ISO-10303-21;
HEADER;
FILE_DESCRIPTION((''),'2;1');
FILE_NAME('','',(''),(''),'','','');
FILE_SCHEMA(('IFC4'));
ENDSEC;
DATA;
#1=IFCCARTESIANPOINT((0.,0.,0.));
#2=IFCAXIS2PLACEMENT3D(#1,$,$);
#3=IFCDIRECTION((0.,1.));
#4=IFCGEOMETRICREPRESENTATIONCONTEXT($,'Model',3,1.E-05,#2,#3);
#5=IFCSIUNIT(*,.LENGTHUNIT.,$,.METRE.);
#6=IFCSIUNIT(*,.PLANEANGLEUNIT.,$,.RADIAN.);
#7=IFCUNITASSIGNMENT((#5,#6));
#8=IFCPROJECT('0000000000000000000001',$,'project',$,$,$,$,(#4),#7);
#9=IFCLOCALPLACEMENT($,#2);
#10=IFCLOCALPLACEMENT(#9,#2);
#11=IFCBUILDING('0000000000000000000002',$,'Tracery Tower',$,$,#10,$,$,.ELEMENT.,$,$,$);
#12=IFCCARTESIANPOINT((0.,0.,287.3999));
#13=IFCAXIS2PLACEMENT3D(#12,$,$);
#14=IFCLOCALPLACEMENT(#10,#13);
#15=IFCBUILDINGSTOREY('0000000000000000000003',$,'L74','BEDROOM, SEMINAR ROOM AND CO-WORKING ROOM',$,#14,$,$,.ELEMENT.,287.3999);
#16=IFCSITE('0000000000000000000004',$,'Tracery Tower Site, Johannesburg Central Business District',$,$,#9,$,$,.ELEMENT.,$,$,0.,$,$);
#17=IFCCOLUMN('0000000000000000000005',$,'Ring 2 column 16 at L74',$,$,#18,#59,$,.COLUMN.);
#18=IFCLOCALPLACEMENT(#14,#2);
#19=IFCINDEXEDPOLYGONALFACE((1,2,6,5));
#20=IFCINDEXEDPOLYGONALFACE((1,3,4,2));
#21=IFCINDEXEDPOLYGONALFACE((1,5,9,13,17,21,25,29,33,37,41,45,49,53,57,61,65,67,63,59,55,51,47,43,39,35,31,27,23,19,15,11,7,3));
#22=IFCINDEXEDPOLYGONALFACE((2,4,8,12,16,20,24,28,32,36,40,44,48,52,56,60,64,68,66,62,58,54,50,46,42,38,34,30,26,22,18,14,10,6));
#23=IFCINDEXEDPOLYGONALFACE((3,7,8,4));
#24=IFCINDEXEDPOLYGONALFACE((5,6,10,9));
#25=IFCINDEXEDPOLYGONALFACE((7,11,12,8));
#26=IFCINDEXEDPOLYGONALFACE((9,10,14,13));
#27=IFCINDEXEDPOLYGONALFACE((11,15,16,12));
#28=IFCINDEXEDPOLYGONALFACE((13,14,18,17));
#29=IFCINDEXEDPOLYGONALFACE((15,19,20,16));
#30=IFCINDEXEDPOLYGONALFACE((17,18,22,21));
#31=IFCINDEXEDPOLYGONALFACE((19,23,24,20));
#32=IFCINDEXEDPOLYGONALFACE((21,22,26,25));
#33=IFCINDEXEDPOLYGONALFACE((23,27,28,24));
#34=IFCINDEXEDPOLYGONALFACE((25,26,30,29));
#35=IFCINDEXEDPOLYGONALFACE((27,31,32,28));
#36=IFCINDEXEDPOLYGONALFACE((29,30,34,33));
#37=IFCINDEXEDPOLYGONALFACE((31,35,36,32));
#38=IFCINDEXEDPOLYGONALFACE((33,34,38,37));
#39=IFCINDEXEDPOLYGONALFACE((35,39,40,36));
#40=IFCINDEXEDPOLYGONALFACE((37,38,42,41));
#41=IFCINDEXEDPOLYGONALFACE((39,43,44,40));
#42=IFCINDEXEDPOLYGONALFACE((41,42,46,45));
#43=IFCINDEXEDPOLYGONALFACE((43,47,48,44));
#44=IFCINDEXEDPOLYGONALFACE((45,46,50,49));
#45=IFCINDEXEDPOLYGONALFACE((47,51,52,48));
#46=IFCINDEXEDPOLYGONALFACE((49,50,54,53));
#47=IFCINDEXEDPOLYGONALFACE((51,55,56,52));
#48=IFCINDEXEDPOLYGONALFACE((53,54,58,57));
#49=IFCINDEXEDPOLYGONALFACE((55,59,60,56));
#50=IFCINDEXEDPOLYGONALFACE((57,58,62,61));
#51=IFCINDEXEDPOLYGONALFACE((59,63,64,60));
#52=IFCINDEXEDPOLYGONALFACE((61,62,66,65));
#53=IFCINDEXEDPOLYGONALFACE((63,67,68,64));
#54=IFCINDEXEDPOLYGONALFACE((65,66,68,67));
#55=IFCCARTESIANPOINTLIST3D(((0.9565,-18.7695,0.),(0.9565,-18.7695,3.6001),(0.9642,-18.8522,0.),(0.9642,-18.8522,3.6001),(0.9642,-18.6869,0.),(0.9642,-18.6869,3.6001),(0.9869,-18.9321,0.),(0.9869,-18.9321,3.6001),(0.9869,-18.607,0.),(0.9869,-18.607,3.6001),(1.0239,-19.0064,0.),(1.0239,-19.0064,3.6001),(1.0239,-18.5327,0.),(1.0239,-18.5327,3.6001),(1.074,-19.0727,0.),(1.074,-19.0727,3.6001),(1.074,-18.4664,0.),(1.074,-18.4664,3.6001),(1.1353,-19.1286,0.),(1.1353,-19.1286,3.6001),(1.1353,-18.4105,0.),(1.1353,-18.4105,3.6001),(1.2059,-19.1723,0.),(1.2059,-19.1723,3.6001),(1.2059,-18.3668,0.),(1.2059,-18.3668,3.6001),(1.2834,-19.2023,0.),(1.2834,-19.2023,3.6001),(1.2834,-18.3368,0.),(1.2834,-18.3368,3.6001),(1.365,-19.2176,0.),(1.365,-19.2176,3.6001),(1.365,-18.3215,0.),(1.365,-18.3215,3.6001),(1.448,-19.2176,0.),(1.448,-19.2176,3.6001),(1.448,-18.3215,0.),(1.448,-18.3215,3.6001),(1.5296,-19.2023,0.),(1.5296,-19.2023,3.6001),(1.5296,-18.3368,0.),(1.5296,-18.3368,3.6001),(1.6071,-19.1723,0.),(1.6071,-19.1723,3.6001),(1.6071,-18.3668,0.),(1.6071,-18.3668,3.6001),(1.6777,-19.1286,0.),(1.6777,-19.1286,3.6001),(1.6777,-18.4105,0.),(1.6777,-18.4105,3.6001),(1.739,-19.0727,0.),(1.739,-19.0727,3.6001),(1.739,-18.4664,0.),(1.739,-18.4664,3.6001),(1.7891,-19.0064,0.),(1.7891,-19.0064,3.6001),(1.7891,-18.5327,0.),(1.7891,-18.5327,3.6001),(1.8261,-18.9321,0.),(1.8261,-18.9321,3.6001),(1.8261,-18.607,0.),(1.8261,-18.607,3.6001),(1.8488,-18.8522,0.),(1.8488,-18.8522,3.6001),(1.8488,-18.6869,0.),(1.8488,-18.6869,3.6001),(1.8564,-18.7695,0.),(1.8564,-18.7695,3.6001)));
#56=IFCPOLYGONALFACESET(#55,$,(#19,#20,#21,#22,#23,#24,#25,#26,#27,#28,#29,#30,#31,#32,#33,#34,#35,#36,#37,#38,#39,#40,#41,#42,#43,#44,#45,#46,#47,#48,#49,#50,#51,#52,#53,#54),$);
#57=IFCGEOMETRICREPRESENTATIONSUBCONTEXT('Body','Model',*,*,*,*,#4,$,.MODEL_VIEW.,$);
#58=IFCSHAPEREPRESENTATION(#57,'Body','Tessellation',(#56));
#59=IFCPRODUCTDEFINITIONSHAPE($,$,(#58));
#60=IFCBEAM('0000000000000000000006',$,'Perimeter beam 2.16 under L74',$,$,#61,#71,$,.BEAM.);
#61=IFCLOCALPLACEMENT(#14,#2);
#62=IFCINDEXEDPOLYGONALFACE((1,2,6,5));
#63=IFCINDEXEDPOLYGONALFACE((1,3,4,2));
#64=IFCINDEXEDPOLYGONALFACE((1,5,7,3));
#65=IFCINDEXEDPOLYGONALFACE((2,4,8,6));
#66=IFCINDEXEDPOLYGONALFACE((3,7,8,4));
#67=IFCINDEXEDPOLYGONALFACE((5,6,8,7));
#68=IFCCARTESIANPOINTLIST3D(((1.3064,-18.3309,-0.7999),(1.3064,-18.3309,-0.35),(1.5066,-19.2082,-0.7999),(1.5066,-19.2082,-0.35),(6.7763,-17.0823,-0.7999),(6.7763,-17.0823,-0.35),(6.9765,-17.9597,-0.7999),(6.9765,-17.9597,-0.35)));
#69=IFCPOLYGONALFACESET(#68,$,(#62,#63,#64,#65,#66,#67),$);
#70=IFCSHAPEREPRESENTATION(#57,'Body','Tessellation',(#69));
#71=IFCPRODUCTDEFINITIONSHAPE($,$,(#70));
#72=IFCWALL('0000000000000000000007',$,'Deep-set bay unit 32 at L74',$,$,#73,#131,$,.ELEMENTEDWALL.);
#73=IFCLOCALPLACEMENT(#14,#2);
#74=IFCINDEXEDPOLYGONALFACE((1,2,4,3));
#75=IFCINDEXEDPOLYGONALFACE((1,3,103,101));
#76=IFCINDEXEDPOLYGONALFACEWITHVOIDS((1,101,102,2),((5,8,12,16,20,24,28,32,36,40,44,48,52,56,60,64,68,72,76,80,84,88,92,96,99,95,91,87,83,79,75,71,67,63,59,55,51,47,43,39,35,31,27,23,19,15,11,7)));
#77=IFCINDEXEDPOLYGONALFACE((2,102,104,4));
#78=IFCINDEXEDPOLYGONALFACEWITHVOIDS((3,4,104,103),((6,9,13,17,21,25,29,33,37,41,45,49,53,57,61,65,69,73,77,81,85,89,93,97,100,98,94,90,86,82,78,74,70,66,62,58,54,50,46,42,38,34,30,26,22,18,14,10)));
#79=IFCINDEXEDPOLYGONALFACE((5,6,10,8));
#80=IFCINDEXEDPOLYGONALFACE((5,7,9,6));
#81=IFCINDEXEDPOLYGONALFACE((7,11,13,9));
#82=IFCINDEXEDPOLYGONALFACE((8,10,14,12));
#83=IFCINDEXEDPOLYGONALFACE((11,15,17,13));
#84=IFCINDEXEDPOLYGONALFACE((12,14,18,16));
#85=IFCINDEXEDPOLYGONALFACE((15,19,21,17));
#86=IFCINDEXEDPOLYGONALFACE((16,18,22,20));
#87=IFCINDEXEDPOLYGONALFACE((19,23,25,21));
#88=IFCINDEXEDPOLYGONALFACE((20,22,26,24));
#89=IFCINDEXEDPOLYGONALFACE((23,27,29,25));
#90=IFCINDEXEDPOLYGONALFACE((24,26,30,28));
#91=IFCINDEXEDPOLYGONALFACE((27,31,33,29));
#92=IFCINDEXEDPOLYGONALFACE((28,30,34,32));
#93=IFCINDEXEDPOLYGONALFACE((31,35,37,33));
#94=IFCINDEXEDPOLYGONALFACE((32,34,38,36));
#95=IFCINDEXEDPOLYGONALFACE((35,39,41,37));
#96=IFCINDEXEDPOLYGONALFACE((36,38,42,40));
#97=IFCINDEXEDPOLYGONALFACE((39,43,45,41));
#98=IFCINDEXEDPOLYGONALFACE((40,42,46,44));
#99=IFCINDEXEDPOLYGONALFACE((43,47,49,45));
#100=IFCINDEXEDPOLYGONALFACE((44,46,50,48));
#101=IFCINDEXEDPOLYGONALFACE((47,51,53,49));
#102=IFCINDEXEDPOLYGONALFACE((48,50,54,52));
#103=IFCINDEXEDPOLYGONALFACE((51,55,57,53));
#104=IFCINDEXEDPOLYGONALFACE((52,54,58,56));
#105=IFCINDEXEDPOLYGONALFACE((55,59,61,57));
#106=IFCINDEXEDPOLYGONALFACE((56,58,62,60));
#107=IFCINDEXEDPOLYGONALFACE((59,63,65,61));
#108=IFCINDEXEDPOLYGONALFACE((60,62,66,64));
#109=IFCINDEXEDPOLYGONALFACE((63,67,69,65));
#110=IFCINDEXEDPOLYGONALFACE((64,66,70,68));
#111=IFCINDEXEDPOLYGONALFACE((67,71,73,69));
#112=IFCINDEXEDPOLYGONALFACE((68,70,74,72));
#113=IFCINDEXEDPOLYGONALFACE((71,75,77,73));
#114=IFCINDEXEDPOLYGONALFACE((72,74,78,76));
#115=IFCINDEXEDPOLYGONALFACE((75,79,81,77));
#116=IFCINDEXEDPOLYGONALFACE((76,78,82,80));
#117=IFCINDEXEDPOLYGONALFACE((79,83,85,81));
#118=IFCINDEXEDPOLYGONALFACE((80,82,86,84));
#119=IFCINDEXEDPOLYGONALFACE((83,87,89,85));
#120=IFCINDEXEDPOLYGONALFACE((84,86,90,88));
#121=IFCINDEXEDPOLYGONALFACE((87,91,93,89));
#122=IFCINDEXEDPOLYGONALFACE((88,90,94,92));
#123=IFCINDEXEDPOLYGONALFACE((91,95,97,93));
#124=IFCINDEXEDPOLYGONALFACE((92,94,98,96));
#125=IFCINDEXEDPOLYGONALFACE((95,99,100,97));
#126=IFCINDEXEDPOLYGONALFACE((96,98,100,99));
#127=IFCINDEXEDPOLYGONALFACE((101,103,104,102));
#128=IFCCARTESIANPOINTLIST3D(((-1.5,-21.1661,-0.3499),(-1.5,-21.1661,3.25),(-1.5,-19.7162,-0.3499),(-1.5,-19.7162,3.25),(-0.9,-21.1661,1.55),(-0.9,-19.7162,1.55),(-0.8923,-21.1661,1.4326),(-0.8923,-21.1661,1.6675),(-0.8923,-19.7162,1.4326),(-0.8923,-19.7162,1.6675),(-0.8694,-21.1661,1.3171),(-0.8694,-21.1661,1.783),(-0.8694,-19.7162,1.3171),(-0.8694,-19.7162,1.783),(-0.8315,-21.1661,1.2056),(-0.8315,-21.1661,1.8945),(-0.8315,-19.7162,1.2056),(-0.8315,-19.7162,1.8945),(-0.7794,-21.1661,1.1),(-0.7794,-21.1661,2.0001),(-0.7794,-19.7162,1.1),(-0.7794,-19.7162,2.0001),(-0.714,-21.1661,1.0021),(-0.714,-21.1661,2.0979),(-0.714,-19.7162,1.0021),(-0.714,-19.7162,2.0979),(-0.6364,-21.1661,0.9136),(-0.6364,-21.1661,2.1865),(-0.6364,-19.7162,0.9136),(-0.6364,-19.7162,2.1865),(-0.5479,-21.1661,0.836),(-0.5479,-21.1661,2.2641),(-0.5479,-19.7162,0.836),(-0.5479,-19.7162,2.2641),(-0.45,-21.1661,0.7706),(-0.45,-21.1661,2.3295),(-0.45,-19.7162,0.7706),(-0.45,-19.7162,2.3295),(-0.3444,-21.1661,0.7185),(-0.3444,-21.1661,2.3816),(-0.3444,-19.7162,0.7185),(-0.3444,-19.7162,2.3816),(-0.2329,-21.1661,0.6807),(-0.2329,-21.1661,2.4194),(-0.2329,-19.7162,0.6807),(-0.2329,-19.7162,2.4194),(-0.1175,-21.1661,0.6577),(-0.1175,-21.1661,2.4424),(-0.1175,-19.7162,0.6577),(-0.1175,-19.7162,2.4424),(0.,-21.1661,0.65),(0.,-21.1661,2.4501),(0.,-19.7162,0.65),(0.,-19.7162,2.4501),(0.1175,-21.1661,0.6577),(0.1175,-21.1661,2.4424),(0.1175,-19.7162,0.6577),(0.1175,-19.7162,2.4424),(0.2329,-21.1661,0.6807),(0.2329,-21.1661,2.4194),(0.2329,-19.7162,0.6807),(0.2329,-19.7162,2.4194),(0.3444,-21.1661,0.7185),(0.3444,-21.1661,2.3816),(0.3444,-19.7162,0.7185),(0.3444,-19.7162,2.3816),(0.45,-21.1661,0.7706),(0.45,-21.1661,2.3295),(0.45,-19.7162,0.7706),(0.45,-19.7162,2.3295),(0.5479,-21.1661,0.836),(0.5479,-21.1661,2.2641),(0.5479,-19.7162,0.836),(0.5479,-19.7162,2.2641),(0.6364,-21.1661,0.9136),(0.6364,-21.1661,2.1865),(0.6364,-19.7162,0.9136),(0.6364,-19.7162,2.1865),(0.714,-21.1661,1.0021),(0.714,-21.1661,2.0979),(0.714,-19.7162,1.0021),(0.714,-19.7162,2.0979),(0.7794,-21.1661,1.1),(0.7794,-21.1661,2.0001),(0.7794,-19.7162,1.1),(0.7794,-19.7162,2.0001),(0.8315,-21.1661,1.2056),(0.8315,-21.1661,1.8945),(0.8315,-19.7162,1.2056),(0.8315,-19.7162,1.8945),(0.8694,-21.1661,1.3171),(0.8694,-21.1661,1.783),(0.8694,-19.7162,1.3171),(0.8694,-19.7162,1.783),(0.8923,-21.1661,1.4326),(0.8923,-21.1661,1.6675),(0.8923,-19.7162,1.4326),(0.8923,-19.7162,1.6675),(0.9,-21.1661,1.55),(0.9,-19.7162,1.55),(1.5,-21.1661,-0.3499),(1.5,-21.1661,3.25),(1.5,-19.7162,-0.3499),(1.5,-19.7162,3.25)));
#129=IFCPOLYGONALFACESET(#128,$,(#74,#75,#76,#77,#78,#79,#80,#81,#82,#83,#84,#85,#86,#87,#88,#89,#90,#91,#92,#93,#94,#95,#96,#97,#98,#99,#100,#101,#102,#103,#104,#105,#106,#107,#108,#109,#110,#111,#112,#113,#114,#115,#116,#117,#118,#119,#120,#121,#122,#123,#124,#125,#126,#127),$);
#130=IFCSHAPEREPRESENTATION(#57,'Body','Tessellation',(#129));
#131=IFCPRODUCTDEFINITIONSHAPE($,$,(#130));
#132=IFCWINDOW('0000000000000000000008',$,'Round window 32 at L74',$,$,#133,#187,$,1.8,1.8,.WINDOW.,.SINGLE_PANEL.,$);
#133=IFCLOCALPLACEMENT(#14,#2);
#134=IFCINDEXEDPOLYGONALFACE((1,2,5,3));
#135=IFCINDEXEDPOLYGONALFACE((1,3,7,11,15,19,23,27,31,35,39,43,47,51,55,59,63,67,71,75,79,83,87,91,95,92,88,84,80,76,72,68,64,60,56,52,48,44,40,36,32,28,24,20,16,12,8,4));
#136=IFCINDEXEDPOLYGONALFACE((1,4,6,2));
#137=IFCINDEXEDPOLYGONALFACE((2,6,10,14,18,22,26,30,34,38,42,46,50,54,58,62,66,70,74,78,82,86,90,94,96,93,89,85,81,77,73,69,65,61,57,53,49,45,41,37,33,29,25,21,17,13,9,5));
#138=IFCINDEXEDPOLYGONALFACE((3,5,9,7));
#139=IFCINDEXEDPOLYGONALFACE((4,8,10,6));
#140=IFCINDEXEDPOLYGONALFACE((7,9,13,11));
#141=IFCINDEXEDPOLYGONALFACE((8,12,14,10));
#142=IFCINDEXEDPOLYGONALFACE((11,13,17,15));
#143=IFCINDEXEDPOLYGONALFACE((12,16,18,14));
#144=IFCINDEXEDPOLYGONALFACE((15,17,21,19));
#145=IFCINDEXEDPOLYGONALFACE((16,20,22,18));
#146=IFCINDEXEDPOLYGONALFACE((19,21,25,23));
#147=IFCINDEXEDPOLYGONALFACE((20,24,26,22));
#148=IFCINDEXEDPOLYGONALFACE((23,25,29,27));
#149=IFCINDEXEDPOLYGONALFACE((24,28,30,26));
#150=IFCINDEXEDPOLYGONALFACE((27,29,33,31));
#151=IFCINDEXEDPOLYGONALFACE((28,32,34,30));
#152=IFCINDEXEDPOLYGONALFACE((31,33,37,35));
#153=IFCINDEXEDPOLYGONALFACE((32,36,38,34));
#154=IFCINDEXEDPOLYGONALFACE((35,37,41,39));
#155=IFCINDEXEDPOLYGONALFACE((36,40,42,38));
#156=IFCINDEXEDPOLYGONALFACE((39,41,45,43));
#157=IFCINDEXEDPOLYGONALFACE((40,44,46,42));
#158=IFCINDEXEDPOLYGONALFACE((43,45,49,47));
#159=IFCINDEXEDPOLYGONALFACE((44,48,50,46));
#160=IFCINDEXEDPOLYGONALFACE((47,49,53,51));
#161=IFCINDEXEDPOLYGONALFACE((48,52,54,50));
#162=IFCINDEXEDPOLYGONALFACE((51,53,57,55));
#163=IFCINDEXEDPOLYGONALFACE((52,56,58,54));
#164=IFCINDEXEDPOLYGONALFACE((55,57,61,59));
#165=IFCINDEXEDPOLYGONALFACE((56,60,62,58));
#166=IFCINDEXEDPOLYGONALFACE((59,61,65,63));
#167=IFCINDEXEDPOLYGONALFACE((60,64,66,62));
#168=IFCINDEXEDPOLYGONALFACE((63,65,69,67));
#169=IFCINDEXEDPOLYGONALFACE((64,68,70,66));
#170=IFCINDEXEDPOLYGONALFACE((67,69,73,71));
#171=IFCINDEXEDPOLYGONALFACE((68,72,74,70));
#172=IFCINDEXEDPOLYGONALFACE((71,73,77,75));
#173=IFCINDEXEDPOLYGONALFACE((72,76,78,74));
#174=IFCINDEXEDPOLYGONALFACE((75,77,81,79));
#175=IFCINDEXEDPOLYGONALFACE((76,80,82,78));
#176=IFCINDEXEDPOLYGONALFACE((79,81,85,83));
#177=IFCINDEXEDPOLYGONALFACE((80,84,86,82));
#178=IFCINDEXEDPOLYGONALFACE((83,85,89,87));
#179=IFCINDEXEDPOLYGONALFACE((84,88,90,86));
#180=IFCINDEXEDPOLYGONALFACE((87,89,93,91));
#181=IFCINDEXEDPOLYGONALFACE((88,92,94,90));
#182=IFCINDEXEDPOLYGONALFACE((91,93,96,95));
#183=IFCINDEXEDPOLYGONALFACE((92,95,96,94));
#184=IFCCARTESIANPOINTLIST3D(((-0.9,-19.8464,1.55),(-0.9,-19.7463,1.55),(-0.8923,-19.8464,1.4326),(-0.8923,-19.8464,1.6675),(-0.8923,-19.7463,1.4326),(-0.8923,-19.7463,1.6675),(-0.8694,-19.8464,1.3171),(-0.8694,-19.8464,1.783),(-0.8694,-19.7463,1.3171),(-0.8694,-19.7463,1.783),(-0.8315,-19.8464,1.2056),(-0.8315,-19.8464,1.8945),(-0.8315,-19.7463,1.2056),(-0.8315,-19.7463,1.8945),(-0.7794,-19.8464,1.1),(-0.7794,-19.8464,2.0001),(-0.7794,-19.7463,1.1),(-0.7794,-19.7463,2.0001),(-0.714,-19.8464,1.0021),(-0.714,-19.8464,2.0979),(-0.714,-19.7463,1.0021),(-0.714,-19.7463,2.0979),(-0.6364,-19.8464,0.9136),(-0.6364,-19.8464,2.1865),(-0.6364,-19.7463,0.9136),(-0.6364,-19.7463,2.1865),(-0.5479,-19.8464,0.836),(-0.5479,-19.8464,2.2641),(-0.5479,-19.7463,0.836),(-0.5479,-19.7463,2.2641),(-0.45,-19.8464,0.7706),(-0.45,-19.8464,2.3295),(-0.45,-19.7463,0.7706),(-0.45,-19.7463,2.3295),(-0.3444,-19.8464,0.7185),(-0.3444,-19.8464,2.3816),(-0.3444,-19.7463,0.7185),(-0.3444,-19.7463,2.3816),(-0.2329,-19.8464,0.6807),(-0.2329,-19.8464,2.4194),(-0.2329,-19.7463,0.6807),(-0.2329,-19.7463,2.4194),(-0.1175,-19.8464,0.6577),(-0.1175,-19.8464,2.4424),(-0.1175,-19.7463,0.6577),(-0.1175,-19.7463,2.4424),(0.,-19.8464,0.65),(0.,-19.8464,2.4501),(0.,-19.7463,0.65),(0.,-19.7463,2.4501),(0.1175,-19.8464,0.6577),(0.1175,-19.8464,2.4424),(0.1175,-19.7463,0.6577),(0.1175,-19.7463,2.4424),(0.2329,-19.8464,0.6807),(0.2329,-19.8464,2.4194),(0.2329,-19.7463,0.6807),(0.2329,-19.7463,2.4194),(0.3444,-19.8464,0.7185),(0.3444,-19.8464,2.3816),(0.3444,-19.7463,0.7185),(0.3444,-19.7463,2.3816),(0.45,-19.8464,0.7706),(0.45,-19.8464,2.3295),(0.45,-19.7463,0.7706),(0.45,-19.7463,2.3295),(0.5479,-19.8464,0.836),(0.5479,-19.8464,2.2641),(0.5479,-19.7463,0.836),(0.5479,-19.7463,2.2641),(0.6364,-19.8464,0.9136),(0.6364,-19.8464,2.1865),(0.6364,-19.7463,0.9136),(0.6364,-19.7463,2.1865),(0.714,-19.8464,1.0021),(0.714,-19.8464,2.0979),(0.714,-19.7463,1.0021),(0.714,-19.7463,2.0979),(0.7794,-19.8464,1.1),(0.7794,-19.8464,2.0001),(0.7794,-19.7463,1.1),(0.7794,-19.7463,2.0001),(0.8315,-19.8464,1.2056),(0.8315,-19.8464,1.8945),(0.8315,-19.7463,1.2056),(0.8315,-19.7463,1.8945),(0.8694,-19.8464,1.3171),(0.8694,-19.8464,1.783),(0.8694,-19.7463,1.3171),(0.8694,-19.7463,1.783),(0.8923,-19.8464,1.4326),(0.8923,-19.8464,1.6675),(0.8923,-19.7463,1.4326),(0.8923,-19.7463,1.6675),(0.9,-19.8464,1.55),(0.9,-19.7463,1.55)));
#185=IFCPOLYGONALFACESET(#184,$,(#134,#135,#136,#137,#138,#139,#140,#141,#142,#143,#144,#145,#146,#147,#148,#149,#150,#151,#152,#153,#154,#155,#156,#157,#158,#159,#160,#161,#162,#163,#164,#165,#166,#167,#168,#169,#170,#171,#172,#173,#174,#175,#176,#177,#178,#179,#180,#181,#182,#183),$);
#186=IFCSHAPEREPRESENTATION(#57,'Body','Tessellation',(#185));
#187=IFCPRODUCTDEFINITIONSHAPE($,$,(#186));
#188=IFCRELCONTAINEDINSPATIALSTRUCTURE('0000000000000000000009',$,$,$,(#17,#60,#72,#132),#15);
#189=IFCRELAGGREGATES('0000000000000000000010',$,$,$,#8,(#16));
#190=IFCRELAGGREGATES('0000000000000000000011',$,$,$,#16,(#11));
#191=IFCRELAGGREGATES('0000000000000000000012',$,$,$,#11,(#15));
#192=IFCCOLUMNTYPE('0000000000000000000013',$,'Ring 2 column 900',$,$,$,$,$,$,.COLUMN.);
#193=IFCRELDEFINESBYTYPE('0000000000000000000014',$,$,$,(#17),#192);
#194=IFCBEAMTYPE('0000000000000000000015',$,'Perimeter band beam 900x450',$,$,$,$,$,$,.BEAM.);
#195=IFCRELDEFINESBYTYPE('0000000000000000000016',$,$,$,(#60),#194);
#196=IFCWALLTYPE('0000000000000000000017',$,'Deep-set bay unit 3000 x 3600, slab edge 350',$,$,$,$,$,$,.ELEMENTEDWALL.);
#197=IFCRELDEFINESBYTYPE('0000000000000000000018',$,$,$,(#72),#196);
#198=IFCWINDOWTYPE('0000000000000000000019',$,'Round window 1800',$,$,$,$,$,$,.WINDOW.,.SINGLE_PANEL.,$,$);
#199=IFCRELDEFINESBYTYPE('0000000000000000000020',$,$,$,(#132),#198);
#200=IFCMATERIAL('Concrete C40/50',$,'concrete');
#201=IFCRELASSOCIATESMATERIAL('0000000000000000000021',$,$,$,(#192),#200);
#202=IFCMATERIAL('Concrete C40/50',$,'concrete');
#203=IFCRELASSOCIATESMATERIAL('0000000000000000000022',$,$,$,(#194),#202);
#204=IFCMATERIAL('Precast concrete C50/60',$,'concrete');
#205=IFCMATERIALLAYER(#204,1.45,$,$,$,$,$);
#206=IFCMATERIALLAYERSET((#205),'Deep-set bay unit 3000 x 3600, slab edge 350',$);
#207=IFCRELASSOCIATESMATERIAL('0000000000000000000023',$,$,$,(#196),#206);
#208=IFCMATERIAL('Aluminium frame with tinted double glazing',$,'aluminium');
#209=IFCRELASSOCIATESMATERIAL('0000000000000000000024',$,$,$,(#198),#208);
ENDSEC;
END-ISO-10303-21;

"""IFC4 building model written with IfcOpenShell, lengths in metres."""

from ifc_helpers import new_model, si_unit, direction, frame, frame_2d, origin, origin_2d, place, context, subcontext, project, spatial, rectangle, circle, extrude, material, layer, layer_set, material_profile, profile_set, type_object, element, fill, save


model = new_model("IFC4")

# Units and contexts
model_context = context("Model", 3, precision=1e-05, world=origin(), true_north=direction((0.0, 1.0)))
body_context = subcontext(model_context, "Body", "Model", "MODEL_VIEW")
ifc_project = project(units=[si_unit("LENGTHUNIT", "METRE"), si_unit("PLANEANGLEUNIT", "RADIAN")], contexts=[model_context])

# Site, building, storey
site_placement = place(None, origin())
site = spatial("IfcSite", under=ifc_project, at=site_placement, Name="Tracery Tower Site, Johannesburg Central Business District", CompositionType="ELEMENT", RefElevation=0.0)
building_placement = place(site_placement, origin())
building = spatial("IfcBuilding", under=site, at=building_placement, Name="Tracery Tower", CompositionType="ELEMENT")
storey_placement = place(building_placement, frame((0.0, 0.0, 287.3999)))
storey = spatial("IfcBuildingStorey", under=building, at=storey_placement, Name="L74", Description="BEDROOM, SEMINAR ROOM AND CO-WORKING ROOM", CompositionType="ELEMENT", Elevation=287.3999)

# Column
ifc_material_1 = material(Name="Concrete C40/50", Category="concrete")
ifc_material_profile_1 = material_profile(ifc_material_1, circle(Radius=0.45, at=origin_2d()), Name="RC D900")
ifc_profile_set_1 = profile_set([ifc_material_profile_1], Name="Concrete C40/50")
column_type = type_object("IfcColumnType", Name="Ring 2 column 900", PredefinedType="COLUMN", material=ifc_profile_set_1)
column_placement = place(storey_placement, frame((1.4065, -18.7695, 0.0), z_axis=(0.0, 0.0, 1.0), x_axis=(1.0, 0.0, 0.0)))
element("IfcColumn", 1, at=column_placement, inside=storey, type_object=column_type, Name="Ring 2 column 16 at L74", PredefinedType="COLUMN", context=body_context, shape_type="SweptSolid", body=[
    extrude(circle(Radius=0.45, at=origin_2d()), origin(), (0.0, 0.0, 1.0), 3.6001),
])

# Beam
ifc_material_2 = material(Name="Concrete C40/50", Category="concrete")
ifc_material_profile_2 = material_profile(ifc_material_2, rectangle(XDim=0.8999, YDim=0.45, at=origin_2d()), Name="RC 900x450")
ifc_profile_set_2 = profile_set([ifc_material_profile_2], Name="Concrete C40/50")
beam_type = type_object("IfcBeamType", Name="Perimeter band beam 900x450", PredefinedType="BEAM", material=ifc_profile_set_2)
beam_placement = place(storey_placement, frame((1.4065, -18.7695, -0.575), z_axis=(0.974926, 0.222529, 0.0), x_axis=(-0.222529, 0.974926, 0.0)))
element("IfcBeam", 2, at=beam_placement, inside=storey, type_object=beam_type, Name="Perimeter beam 2.16 under L74", PredefinedType="BEAM", context=body_context, shape_type="SweptSolid", body=[
    extrude(rectangle(XDim=0.8999, YDim=0.45, at=origin_2d()), origin(), (0.0, 0.0, 1.0), 5.6106),
])

# Wall, opening, window
ifc_material_3 = material(Name="Precast concrete C50/60", Category="concrete")
ifc_layer_1 = layer(ifc_material_3, 1.45)
ifc_layer_set_1 = layer_set([ifc_layer_1], Name="Deep-set bay unit 3000 x 3600, slab edge 350")
wall_type_1 = type_object("IfcWallType", Name="Deep-set bay unit 3000 x 3600, slab edge 350", PredefinedType="ELEMENTEDWALL", material=ifc_layer_set_1)
wall_1_placement = place(storey_placement, frame((-1.5, -20.4412, -0.3499), z_axis=(0.0, 0.0, 1.0), x_axis=(1.0, 0.0, 0.0)))
wall_1 = element("IfcWall", 3, at=wall_1_placement, inside=storey, type_object=wall_type_1, Name="Deep-set bay unit 32 at L74", PredefinedType="ELEMENTEDWALL", context=body_context, shape_type="SweptSolid", body=[
    extrude(rectangle(XDim=3.0, YDim=1.45, at=frame_2d((1.5, 0.0))), origin(), (0.0, 0.0, 1.0), 3.5999),
])
opening_1_placement = place(wall_1_placement, frame((1.5, 0.0, 1.8999)))
opening_1 = element("IfcOpeningElement", 4, at=opening_1_placement, cuts=wall_1, PredefinedType="OPENING", context=body_context, shape_type="SweptSolid", body=[
    extrude(circle(Radius=0.9, at=origin_2d()), frame((0.0, 0.7349, 0.0), z_axis=(0.0, -1.0, 0.0), x_axis=(1.0, 0.0, 0.0)), (0.0, 0.0, 1.0), 1.47),
])
ifc_material_4 = material(Name="Aluminium frame with tinted double glazing", Category="aluminium")
window_type = type_object("IfcWindowType", Name="Round window 1800", PartitioningType="SINGLE_PANEL", PredefinedType="WINDOW", material=ifc_material_4)
window_1_placement = place(opening_1_placement, origin())
window_1 = element("IfcWindow", 5, at=window_1_placement, inside=storey, type_object=window_type, Name="Round window 32 at L74", OverallHeight=1.8, OverallWidth=1.8, PartitioningType="SINGLE_PANEL", PredefinedType="WINDOW", context=body_context, shape_type="SweptSolid", body=[
    extrude(circle(Radius=0.9, at=origin_2d()), frame((0.0, 0.6948, 0.0), z_axis=(0.0, -1.0, 0.0), x_axis=(1.0, 0.0, 0.0)), (0.0, 0.0, 1.0), 0.1001),
])
fill(opening_1, window_1)

save(model, "model.ifc")
